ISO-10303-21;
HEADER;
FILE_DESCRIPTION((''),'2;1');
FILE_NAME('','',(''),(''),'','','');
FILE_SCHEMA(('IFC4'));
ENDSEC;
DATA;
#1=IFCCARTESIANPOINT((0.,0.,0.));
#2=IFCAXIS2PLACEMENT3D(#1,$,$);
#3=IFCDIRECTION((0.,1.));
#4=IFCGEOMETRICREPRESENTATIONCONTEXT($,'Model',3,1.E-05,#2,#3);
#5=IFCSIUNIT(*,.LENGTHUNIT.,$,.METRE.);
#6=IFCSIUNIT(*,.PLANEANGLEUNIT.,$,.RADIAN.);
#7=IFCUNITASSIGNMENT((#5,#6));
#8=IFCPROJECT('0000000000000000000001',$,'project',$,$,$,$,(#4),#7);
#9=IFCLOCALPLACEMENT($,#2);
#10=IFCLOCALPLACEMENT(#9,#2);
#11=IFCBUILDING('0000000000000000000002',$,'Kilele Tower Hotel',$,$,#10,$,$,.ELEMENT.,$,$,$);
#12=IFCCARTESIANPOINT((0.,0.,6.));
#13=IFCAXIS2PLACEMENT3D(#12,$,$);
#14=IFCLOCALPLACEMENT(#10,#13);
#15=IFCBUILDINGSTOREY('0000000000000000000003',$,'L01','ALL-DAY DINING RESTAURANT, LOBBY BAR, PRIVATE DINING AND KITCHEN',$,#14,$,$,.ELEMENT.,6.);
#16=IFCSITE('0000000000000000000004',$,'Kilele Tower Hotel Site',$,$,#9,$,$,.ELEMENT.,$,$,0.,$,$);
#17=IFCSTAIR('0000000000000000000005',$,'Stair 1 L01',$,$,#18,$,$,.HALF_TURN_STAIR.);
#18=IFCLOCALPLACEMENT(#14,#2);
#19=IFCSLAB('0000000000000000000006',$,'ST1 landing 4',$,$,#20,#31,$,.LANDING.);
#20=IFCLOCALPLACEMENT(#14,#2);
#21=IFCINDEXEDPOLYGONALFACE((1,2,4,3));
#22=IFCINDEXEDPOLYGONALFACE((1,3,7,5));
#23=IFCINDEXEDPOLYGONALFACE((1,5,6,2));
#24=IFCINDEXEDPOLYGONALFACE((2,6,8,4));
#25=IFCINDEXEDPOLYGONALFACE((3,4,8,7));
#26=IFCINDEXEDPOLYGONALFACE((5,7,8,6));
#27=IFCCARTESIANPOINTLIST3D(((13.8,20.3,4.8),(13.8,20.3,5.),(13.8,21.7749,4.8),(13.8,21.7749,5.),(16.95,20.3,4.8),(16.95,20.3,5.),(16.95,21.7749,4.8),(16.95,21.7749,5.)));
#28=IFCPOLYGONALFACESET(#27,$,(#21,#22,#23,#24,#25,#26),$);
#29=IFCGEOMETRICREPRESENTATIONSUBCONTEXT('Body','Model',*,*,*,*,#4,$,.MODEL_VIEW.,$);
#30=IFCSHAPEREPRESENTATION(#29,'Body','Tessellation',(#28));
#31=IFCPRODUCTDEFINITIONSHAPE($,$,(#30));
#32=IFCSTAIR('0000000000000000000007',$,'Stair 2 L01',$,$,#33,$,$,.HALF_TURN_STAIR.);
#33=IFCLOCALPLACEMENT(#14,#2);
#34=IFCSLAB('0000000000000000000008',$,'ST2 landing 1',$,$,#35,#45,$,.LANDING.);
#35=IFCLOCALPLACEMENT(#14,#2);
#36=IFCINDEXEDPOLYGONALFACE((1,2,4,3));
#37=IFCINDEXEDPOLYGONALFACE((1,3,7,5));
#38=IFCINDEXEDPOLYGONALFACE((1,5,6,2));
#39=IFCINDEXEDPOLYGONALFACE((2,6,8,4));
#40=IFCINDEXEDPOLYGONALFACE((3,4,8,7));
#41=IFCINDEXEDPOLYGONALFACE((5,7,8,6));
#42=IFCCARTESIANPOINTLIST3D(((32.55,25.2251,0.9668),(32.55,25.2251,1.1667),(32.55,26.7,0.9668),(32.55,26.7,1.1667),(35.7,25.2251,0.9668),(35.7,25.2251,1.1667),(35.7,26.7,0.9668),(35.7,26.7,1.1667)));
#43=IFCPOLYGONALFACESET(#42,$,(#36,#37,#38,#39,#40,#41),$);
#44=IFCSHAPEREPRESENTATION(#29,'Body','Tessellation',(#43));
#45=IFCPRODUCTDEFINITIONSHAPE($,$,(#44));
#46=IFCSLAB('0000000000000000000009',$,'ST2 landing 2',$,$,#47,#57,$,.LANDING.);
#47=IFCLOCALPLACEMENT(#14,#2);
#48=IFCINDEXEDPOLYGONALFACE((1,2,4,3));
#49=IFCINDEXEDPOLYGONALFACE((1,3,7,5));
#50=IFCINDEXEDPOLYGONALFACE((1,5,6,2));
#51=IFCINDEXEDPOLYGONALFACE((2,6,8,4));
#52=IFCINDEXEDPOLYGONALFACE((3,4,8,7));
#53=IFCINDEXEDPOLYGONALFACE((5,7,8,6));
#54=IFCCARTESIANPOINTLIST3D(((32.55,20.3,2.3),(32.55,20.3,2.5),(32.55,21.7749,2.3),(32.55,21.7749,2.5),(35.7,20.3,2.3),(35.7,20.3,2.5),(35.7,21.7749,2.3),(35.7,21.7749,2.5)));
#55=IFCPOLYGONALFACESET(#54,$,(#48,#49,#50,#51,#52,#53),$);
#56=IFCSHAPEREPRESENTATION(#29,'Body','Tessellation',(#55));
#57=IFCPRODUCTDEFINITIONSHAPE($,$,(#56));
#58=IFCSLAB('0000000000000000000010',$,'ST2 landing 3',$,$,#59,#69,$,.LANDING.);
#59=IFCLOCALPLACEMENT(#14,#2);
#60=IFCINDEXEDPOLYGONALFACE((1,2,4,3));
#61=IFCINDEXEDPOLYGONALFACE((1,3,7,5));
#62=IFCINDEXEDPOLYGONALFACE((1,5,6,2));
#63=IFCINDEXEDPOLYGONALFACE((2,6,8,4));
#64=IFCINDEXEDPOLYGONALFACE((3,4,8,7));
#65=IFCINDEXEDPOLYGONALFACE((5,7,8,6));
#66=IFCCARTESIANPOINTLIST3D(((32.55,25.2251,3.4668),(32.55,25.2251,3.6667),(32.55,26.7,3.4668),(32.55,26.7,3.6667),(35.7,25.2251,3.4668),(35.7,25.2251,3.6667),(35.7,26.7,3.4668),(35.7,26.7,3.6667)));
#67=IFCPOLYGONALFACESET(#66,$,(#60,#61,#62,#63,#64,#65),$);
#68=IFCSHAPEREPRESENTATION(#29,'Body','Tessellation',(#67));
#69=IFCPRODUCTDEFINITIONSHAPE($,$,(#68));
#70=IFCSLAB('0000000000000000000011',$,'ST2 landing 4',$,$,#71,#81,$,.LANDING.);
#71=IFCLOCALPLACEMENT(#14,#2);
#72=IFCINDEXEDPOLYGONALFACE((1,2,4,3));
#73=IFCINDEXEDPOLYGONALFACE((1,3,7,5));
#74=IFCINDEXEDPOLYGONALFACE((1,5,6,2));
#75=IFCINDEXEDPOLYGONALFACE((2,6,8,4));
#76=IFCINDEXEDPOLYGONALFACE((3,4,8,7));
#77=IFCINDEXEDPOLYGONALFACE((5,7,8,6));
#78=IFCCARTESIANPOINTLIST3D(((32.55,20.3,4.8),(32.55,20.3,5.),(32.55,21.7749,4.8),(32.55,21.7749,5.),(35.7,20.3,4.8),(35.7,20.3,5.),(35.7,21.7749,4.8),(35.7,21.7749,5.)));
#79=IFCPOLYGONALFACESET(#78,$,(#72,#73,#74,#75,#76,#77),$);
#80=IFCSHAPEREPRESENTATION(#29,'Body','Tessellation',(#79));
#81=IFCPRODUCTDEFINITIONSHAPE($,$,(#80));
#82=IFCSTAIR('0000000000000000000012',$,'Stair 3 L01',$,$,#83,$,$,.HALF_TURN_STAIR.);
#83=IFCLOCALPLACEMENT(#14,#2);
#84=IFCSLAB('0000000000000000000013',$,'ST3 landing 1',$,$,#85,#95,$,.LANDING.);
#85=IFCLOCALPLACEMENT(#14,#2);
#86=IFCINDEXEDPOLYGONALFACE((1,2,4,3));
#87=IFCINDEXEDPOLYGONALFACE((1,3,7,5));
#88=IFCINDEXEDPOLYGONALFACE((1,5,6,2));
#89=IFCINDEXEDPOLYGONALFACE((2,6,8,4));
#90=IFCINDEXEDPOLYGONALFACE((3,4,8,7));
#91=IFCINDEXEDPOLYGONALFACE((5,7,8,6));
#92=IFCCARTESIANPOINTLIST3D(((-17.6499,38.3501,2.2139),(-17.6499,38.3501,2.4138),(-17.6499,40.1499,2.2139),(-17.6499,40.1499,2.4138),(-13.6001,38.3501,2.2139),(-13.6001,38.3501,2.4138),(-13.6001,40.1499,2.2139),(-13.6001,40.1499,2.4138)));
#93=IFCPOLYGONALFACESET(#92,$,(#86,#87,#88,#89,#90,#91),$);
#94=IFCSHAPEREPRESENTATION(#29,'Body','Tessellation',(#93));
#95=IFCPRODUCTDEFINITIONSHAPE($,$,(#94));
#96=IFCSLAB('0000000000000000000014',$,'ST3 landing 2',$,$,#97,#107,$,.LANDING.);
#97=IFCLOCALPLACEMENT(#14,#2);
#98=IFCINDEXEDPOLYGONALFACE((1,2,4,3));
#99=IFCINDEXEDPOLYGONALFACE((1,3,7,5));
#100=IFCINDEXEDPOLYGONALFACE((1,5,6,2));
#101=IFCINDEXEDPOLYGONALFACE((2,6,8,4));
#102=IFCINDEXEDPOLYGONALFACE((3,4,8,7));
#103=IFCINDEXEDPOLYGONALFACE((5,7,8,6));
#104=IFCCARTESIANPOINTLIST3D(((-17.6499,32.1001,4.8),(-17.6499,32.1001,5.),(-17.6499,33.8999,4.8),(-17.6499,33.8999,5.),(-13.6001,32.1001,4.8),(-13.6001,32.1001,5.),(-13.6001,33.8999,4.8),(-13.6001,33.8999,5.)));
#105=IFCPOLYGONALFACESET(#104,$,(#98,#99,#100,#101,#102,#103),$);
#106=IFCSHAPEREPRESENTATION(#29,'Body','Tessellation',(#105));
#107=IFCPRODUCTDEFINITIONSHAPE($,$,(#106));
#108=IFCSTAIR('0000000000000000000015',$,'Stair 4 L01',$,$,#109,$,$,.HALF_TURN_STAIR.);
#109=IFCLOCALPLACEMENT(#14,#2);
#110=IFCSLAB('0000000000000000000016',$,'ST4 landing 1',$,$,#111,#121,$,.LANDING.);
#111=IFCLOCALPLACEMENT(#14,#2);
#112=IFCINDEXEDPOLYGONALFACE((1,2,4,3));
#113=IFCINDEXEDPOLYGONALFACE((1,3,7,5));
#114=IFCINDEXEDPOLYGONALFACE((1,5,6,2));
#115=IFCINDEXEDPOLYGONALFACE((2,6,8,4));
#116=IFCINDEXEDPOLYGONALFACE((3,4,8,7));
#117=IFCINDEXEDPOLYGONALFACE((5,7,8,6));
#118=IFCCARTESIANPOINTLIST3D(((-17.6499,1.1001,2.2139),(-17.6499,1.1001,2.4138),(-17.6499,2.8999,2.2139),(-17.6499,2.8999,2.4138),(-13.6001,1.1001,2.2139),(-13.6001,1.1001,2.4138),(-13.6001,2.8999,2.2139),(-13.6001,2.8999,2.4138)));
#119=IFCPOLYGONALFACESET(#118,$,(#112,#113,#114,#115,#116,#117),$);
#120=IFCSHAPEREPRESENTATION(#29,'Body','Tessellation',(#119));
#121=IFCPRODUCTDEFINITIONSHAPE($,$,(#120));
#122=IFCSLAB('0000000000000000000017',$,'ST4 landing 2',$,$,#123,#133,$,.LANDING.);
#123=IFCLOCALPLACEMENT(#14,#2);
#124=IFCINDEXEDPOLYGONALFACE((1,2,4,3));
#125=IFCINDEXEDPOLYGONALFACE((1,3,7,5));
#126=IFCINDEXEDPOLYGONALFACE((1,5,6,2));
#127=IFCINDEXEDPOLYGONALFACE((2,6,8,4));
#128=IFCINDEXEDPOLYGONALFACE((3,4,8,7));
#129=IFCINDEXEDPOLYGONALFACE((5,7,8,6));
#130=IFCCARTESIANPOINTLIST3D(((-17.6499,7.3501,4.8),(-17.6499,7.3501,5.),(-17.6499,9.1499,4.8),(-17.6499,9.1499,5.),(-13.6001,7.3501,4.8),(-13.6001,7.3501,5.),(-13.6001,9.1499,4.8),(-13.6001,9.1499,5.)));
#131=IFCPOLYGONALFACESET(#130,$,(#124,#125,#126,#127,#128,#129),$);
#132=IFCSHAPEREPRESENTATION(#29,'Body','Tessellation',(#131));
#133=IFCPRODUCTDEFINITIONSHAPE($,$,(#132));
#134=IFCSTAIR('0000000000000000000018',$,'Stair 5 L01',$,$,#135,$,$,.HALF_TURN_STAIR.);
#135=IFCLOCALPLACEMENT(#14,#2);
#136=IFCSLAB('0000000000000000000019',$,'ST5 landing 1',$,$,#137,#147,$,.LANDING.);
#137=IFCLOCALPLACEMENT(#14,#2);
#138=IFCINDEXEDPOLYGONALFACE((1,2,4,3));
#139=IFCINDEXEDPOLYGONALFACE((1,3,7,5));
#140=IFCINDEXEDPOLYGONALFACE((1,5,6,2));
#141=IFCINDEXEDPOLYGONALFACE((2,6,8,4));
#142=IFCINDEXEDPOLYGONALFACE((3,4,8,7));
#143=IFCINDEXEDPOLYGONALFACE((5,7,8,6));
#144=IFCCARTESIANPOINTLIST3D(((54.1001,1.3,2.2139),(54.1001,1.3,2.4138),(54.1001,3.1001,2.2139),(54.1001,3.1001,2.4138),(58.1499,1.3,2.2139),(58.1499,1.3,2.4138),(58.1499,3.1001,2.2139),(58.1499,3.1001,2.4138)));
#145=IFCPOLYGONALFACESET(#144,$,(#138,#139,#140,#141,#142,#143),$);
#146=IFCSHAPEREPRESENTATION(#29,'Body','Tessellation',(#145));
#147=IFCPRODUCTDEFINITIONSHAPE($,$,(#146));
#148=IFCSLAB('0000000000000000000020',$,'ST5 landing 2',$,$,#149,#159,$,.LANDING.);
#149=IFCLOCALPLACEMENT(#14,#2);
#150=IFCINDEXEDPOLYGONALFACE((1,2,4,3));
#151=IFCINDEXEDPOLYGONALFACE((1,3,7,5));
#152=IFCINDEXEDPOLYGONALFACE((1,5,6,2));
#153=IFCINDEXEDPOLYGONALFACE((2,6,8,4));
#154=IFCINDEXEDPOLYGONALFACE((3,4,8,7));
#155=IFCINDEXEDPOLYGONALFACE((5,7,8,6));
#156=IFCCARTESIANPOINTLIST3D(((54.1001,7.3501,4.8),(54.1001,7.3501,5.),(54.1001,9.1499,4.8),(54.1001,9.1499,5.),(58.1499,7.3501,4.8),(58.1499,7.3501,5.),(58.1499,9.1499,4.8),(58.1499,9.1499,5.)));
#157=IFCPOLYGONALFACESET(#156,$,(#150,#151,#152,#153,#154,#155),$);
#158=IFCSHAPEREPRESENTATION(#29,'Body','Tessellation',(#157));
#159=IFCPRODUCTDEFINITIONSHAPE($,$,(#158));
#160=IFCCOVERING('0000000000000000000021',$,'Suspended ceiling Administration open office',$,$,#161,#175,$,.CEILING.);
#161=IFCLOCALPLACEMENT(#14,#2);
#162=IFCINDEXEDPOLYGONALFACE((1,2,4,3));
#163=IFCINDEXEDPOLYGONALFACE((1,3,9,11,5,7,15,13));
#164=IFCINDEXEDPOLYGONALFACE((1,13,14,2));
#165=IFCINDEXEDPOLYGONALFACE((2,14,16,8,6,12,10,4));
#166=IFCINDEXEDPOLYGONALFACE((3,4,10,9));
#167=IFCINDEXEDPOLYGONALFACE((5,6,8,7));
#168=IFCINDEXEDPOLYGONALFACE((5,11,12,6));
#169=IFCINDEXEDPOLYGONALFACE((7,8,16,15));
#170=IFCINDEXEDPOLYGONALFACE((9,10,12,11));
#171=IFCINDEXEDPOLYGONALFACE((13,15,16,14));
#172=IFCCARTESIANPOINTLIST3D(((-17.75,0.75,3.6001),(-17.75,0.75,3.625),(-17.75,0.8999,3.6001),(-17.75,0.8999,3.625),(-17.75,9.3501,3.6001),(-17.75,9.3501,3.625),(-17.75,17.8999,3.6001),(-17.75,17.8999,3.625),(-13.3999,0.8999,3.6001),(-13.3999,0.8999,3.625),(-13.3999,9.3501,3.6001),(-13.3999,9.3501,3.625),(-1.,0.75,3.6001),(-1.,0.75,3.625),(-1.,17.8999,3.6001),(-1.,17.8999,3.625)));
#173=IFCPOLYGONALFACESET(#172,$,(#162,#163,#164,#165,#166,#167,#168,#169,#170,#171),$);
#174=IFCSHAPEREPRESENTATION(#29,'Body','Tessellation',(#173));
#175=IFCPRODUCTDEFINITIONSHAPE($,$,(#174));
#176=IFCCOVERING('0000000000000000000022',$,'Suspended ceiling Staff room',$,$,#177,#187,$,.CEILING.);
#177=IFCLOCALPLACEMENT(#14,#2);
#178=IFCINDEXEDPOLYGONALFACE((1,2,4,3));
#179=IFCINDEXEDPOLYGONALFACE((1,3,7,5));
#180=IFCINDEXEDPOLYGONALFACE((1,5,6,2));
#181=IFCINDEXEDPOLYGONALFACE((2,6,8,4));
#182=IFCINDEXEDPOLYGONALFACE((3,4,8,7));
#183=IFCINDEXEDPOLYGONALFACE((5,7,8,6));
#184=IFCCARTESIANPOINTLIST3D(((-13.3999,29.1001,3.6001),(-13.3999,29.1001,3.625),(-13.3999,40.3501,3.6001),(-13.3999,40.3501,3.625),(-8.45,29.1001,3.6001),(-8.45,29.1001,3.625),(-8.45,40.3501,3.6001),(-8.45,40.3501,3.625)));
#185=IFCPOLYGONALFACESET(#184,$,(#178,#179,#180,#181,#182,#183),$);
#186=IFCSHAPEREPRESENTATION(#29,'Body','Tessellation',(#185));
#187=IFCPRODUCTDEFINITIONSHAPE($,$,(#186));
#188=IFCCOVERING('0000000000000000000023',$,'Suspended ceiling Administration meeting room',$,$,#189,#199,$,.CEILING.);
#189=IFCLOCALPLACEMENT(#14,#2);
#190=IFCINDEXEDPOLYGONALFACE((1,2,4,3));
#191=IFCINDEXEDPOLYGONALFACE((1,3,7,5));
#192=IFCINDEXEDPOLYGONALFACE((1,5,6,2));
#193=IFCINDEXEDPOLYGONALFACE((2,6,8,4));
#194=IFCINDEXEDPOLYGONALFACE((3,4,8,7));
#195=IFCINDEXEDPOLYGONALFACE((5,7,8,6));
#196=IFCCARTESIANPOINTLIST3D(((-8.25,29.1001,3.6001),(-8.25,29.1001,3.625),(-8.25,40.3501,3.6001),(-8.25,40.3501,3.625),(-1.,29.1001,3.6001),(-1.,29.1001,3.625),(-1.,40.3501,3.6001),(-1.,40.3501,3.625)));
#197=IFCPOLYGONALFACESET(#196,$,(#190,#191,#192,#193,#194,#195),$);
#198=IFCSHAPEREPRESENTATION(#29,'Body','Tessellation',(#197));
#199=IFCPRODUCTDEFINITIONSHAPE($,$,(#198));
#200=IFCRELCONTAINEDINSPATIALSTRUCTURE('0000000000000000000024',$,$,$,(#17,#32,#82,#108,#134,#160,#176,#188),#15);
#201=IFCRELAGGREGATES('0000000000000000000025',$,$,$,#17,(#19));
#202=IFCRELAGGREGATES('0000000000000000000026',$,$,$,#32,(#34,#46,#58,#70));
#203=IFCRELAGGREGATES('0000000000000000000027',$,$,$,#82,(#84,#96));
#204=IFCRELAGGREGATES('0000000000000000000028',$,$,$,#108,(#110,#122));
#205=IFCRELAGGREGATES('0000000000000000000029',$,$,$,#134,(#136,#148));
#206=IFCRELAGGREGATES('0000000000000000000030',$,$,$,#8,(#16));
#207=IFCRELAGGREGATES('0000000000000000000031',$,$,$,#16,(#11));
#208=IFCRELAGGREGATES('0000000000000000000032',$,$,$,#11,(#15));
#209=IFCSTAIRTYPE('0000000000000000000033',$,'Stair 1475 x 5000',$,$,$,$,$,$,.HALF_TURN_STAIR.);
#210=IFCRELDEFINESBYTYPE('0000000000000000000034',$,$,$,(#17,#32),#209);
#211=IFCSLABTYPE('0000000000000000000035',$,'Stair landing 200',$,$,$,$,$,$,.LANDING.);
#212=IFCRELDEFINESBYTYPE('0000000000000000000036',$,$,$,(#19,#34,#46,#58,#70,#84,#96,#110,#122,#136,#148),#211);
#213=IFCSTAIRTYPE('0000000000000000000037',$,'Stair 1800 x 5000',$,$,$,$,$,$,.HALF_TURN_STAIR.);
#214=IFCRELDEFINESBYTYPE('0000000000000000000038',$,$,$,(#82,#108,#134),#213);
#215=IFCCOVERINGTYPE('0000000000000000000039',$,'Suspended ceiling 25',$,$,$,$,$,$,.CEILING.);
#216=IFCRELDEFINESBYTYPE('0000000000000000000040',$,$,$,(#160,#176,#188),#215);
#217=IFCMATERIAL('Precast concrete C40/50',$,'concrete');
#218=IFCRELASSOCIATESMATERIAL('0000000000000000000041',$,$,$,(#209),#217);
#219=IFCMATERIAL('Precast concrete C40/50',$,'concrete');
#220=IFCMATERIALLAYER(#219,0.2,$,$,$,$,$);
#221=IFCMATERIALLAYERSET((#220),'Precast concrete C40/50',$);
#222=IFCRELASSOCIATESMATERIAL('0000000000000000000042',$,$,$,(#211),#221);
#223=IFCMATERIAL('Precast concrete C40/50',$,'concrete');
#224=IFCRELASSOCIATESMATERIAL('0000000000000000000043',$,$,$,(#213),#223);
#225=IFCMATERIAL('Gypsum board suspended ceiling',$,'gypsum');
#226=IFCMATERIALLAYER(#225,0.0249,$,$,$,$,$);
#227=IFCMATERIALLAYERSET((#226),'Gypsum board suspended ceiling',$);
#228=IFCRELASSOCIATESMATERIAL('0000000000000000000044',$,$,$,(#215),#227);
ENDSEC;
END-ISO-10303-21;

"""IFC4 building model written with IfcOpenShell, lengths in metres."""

from ifc_helpers import new_model, si_unit, direction, frame, origin, place, context, subcontext, project, spatial, polyline, outline, extrude, material, layer, layer_set, type_object, element, aggregate, save


model = new_model("IFC4")

# Units and contexts
model_context = context("Model", 3, precision=1e-05, world=origin(), true_north=direction((0.0, 1.0)))
body_context = subcontext(model_context, "Body", "Model", "MODEL_VIEW")
ifc_project = project(units=[si_unit("LENGTHUNIT", "METRE"), si_unit("PLANEANGLEUNIT", "RADIAN")], contexts=[model_context])

# Site, building, storey
site_placement = place(None, origin())
site = spatial("IfcSite", under=ifc_project, at=site_placement, Name="Kilele Tower Hotel Site", CompositionType="ELEMENT", RefElevation=0.0)
building_placement = place(site_placement, origin())
building = spatial("IfcBuilding", under=site, at=building_placement, Name="Kilele Tower Hotel", CompositionType="ELEMENT")
storey_placement = place(building_placement, frame((0.0, 0.0, 6.0)))
storey = spatial("IfcBuildingStorey", under=building, at=storey_placement, Name="L01", Description="ALL-DAY DINING RESTAURANT, LOBBY BAR, PRIVATE DINING AND KITCHEN", CompositionType="ELEMENT", Elevation=6.0)

# Stairs, slabs
ifc_material_1 = material(Name="Precast concrete C40/50", Category="concrete")
stair_type_1 = type_object("IfcStairType", Name="Stair 1475 x 5000", PredefinedType="HALF_TURN_STAIR", material=ifc_material_1)
stair_1_placement = place(storey_placement, origin())
stair_1 = element("IfcStair", 1, at=stair_1_placement, inside=storey, type_object=stair_type_1, Name="Stair 1 L01", PredefinedType="HALF_TURN_STAIR")
ifc_material_2 = material(Name="Precast concrete C40/50", Category="concrete")
ifc_layer_1 = layer(ifc_material_2, 0.2)
ifc_layer_set_1 = layer_set([ifc_layer_1], Name="Precast concrete C40/50")
slab_type = type_object("IfcSlabType", Name="Stair landing 200", PredefinedType="LANDING", material=ifc_layer_set_1)
slab_1_placement = place(storey_placement, frame((0.0, 0.0, 4.8)))
slab_1 = element("IfcSlab", 2, at=slab_1_placement, type_object=slab_type, Name="ST1 landing 4", PredefinedType="LANDING", context=body_context, shape_type="SweptSolid", body=[
    extrude(outline(polyline([(13.8, 20.3), (16.95, 20.3), (16.95, 21.7749), (13.8, 21.7749), (13.8, 20.3)])), origin(), (0.0, 0.0, 1.0), 0.2),
])
aggregate(stair_1, [slab_1])
stair_2_placement = place(storey_placement, origin())
stair_2 = element("IfcStair", 3, at=stair_2_placement, inside=storey, type_object=stair_type_1, Name="Stair 2 L01", PredefinedType="HALF_TURN_STAIR")
slab_2_placement = place(storey_placement, frame((0.0, 0.0, 0.9668)))
slab_2 = element("IfcSlab", 4, at=slab_2_placement, type_object=slab_type, Name="ST2 landing 1", PredefinedType="LANDING", context=body_context, shape_type="SweptSolid", body=[
    extrude(outline(polyline([(32.55, 25.2251), (35.7, 25.2251), (35.7, 26.7), (32.55, 26.7), (32.55, 25.2251)])), origin(), (0.0, 0.0, 1.0), 0.2),
])
slab_3_placement = place(storey_placement, frame((0.0, 0.0, 2.3)))
slab_3 = element("IfcSlab", 5, at=slab_3_placement, type_object=slab_type, Name="ST2 landing 2", PredefinedType="LANDING", context=body_context, shape_type="SweptSolid", body=[
    extrude(outline(polyline([(32.55, 20.3), (35.7, 20.3), (35.7, 21.7749), (32.55, 21.7749), (32.55, 20.3)])), origin(), (0.0, 0.0, 1.0), 0.2),
])
slab_4_placement = place(storey_placement, frame((0.0, 0.0, 3.4668)))
slab_4 = element("IfcSlab", 6, at=slab_4_placement, type_object=slab_type, Name="ST2 landing 3", PredefinedType="LANDING", context=body_context, shape_type="SweptSolid", body=[
    extrude(outline(polyline([(32.55, 25.2251), (35.7, 25.2251), (35.7, 26.7), (32.55, 26.7), (32.55, 25.2251)])), origin(), (0.0, 0.0, 1.0), 0.2),
])
slab_5_placement = place(storey_placement, frame((0.0, 0.0, 4.8)))
slab_5 = element("IfcSlab", 7, at=slab_5_placement, type_object=slab_type, Name="ST2 landing 4", PredefinedType="LANDING", context=body_context, shape_type="SweptSolid", body=[
    extrude(outline(polyline([(32.55, 20.3), (35.7, 20.3), (35.7, 21.7749), (32.55, 21.7749), (32.55, 20.3)])), origin(), (0.0, 0.0, 1.0), 0.2),
])
aggregate(stair_2, [slab_2, slab_3, slab_4, slab_5])
ifc_material_3 = material(Name="Precast concrete C40/50", Category="concrete")
stair_type_2 = type_object("IfcStairType", Name="Stair 1800 x 5000", PredefinedType="HALF_TURN_STAIR", material=ifc_material_3)
stair_3_placement = place(storey_placement, origin())
stair_3 = element("IfcStair", 8, at=stair_3_placement, inside=storey, type_object=stair_type_2, Name="Stair 3 L01", PredefinedType="HALF_TURN_STAIR")
slab_6_placement = place(storey_placement, frame((0.0, 0.0, 2.2139)))
slab_6 = element("IfcSlab", 9, at=slab_6_placement, type_object=slab_type, Name="ST3 landing 1", PredefinedType="LANDING", context=body_context, shape_type="SweptSolid", body=[
    extrude(outline(polyline([(-17.6499, 38.3501), (-13.6001, 38.3501), (-13.6001, 40.1499), (-17.6499, 40.1499), (-17.6499, 38.3501)])), origin(), (0.0, 0.0, 1.0), 0.2),
])
slab_7_placement = place(storey_placement, frame((0.0, 0.0, 4.8)))
slab_7 = element("IfcSlab", 10, at=slab_7_placement, type_object=slab_type, Name="ST3 landing 2", PredefinedType="LANDING", context=body_context, shape_type="SweptSolid", body=[
    extrude(outline(polyline([(-17.6499, 32.1001), (-13.6001, 32.1001), (-13.6001, 33.8999), (-17.6499, 33.8999), (-17.6499, 32.1001)])), origin(), (0.0, 0.0, 1.0), 0.2),
])
aggregate(stair_3, [slab_6, slab_7])
stair_4_placement = place(storey_placement, origin())
stair_4 = element("IfcStair", 11, at=stair_4_placement, inside=storey, type_object=stair_type_2, Name="Stair 4 L01", PredefinedType="HALF_TURN_STAIR")
slab_8_placement = place(storey_placement, frame((0.0, 0.0, 2.2139)))
slab_8 = element("IfcSlab", 12, at=slab_8_placement, type_object=slab_type, Name="ST4 landing 1", PredefinedType="LANDING", context=body_context, shape_type="SweptSolid", body=[
    extrude(outline(polyline([(-17.6499, 1.1001), (-13.6001, 1.1001), (-13.6001, 2.8999), (-17.6499, 2.8999), (-17.6499, 1.1001)])), origin(), (0.0, 0.0, 1.0), 0.2),
])
slab_9_placement = place(storey_placement, frame((0.0, 0.0, 4.8)))
slab_9 = element("IfcSlab", 13, at=slab_9_placement, type_object=slab_type, Name="ST4 landing 2", PredefinedType="LANDING", context=body_context, shape_type="SweptSolid", body=[
    extrude(outline(polyline([(-17.6499, 7.3501), (-13.6001, 7.3501), (-13.6001, 9.1499), (-17.6499, 9.1499), (-17.6499, 7.3501)])), origin(), (0.0, 0.0, 1.0), 0.2),
])
aggregate(stair_4, [slab_8, slab_9])
stair_5_placement = place(storey_placement, origin())
stair_5 = element("IfcStair", 14, at=stair_5_placement, inside=storey, type_object=stair_type_2, Name="Stair 5 L01", PredefinedType="HALF_TURN_STAIR")
slab_10_placement = place(storey_placement, frame((0.0, 0.0, 2.2139)))
slab_10 = element("IfcSlab", 15, at=slab_10_placement, type_object=slab_type, Name="ST5 landing 1", PredefinedType="LANDING", context=body_context, shape_type="SweptSolid", body=[
    extrude(outline(polyline([(54.1001, 1.3), (58.1499, 1.3), (58.1499, 3.1001), (54.1001, 3.1001), (54.1001, 1.3)])), origin(), (0.0, 0.0, 1.0), 0.2),
])
slab_11_placement = place(storey_placement, frame((0.0, 0.0, 4.8)))
slab_11 = element("IfcSlab", 16, at=slab_11_placement, type_object=slab_type, Name="ST5 landing 2", PredefinedType="LANDING", context=body_context, shape_type="SweptSolid", body=[
    extrude(outline(polyline([(54.1001, 7.3501), (58.1499, 7.3501), (58.1499, 9.1499), (54.1001, 9.1499), (54.1001, 7.3501)])), origin(), (0.0, 0.0, 1.0), 0.2),
])
aggregate(stair_5, [slab_10, slab_11])

# Coverings
ifc_material_4 = material(Name="Gypsum board suspended ceiling", Category="gypsum")
ifc_layer_2 = layer(ifc_material_4, 0.0249)
ifc_layer_set_2 = layer_set([ifc_layer_2], Name="Gypsum board suspended ceiling")
covering_type = type_object("IfcCoveringType", Name="Suspended ceiling 25", PredefinedType="CEILING", material=ifc_layer_set_2)
covering_1_placement = place(storey_placement, frame((0.0, 0.0, 3.6001)))
element("IfcCovering", 17, at=covering_1_placement, inside=storey, type_object=covering_type, Name="Suspended ceiling Administration open office", PredefinedType="CEILING", context=body_context, shape_type="SweptSolid", body=[
    extrude(outline(polyline([(-17.75, 17.8999), (-1.0, 17.8999), (-1.0, 0.75), (-17.75, 0.75), (-17.75, 0.8999), (-13.3999, 0.8999), (-13.3999, 9.3501), (-17.75, 9.3501), (-17.75, 17.8999)])), origin(), (0.0, 0.0, 1.0), 0.0249),
])
covering_2_placement = place(storey_placement, frame((0.0, 0.0, 3.6001)))
element("IfcCovering", 18, at=covering_2_placement, inside=storey, type_object=covering_type, Name="Suspended ceiling Staff room", PredefinedType="CEILING", context=body_context, shape_type="SweptSolid", body=[
    extrude(outline(polyline([(-8.45, 29.1001), (-13.3999, 29.1001), (-13.3999, 40.3501), (-8.45, 40.3501), (-8.45, 29.1001)])), origin(), (0.0, 0.0, 1.0), 0.0249),
])
covering_3_placement = place(storey_placement, frame((0.0, 0.0, 3.6001)))
element("IfcCovering", 19, at=covering_3_placement, inside=storey, type_object=covering_type, Name="Suspended ceiling Administration meeting room", PredefinedType="CEILING", context=body_context, shape_type="SweptSolid", body=[
    extrude(outline(polyline([(-1.0, 29.1001), (-8.25, 29.1001), (-8.25, 40.3501), (-1.0, 40.3501), (-1.0, 29.1001)])), origin(), (0.0, 0.0, 1.0), 0.0249),
])

save(model, "model.ifc")
